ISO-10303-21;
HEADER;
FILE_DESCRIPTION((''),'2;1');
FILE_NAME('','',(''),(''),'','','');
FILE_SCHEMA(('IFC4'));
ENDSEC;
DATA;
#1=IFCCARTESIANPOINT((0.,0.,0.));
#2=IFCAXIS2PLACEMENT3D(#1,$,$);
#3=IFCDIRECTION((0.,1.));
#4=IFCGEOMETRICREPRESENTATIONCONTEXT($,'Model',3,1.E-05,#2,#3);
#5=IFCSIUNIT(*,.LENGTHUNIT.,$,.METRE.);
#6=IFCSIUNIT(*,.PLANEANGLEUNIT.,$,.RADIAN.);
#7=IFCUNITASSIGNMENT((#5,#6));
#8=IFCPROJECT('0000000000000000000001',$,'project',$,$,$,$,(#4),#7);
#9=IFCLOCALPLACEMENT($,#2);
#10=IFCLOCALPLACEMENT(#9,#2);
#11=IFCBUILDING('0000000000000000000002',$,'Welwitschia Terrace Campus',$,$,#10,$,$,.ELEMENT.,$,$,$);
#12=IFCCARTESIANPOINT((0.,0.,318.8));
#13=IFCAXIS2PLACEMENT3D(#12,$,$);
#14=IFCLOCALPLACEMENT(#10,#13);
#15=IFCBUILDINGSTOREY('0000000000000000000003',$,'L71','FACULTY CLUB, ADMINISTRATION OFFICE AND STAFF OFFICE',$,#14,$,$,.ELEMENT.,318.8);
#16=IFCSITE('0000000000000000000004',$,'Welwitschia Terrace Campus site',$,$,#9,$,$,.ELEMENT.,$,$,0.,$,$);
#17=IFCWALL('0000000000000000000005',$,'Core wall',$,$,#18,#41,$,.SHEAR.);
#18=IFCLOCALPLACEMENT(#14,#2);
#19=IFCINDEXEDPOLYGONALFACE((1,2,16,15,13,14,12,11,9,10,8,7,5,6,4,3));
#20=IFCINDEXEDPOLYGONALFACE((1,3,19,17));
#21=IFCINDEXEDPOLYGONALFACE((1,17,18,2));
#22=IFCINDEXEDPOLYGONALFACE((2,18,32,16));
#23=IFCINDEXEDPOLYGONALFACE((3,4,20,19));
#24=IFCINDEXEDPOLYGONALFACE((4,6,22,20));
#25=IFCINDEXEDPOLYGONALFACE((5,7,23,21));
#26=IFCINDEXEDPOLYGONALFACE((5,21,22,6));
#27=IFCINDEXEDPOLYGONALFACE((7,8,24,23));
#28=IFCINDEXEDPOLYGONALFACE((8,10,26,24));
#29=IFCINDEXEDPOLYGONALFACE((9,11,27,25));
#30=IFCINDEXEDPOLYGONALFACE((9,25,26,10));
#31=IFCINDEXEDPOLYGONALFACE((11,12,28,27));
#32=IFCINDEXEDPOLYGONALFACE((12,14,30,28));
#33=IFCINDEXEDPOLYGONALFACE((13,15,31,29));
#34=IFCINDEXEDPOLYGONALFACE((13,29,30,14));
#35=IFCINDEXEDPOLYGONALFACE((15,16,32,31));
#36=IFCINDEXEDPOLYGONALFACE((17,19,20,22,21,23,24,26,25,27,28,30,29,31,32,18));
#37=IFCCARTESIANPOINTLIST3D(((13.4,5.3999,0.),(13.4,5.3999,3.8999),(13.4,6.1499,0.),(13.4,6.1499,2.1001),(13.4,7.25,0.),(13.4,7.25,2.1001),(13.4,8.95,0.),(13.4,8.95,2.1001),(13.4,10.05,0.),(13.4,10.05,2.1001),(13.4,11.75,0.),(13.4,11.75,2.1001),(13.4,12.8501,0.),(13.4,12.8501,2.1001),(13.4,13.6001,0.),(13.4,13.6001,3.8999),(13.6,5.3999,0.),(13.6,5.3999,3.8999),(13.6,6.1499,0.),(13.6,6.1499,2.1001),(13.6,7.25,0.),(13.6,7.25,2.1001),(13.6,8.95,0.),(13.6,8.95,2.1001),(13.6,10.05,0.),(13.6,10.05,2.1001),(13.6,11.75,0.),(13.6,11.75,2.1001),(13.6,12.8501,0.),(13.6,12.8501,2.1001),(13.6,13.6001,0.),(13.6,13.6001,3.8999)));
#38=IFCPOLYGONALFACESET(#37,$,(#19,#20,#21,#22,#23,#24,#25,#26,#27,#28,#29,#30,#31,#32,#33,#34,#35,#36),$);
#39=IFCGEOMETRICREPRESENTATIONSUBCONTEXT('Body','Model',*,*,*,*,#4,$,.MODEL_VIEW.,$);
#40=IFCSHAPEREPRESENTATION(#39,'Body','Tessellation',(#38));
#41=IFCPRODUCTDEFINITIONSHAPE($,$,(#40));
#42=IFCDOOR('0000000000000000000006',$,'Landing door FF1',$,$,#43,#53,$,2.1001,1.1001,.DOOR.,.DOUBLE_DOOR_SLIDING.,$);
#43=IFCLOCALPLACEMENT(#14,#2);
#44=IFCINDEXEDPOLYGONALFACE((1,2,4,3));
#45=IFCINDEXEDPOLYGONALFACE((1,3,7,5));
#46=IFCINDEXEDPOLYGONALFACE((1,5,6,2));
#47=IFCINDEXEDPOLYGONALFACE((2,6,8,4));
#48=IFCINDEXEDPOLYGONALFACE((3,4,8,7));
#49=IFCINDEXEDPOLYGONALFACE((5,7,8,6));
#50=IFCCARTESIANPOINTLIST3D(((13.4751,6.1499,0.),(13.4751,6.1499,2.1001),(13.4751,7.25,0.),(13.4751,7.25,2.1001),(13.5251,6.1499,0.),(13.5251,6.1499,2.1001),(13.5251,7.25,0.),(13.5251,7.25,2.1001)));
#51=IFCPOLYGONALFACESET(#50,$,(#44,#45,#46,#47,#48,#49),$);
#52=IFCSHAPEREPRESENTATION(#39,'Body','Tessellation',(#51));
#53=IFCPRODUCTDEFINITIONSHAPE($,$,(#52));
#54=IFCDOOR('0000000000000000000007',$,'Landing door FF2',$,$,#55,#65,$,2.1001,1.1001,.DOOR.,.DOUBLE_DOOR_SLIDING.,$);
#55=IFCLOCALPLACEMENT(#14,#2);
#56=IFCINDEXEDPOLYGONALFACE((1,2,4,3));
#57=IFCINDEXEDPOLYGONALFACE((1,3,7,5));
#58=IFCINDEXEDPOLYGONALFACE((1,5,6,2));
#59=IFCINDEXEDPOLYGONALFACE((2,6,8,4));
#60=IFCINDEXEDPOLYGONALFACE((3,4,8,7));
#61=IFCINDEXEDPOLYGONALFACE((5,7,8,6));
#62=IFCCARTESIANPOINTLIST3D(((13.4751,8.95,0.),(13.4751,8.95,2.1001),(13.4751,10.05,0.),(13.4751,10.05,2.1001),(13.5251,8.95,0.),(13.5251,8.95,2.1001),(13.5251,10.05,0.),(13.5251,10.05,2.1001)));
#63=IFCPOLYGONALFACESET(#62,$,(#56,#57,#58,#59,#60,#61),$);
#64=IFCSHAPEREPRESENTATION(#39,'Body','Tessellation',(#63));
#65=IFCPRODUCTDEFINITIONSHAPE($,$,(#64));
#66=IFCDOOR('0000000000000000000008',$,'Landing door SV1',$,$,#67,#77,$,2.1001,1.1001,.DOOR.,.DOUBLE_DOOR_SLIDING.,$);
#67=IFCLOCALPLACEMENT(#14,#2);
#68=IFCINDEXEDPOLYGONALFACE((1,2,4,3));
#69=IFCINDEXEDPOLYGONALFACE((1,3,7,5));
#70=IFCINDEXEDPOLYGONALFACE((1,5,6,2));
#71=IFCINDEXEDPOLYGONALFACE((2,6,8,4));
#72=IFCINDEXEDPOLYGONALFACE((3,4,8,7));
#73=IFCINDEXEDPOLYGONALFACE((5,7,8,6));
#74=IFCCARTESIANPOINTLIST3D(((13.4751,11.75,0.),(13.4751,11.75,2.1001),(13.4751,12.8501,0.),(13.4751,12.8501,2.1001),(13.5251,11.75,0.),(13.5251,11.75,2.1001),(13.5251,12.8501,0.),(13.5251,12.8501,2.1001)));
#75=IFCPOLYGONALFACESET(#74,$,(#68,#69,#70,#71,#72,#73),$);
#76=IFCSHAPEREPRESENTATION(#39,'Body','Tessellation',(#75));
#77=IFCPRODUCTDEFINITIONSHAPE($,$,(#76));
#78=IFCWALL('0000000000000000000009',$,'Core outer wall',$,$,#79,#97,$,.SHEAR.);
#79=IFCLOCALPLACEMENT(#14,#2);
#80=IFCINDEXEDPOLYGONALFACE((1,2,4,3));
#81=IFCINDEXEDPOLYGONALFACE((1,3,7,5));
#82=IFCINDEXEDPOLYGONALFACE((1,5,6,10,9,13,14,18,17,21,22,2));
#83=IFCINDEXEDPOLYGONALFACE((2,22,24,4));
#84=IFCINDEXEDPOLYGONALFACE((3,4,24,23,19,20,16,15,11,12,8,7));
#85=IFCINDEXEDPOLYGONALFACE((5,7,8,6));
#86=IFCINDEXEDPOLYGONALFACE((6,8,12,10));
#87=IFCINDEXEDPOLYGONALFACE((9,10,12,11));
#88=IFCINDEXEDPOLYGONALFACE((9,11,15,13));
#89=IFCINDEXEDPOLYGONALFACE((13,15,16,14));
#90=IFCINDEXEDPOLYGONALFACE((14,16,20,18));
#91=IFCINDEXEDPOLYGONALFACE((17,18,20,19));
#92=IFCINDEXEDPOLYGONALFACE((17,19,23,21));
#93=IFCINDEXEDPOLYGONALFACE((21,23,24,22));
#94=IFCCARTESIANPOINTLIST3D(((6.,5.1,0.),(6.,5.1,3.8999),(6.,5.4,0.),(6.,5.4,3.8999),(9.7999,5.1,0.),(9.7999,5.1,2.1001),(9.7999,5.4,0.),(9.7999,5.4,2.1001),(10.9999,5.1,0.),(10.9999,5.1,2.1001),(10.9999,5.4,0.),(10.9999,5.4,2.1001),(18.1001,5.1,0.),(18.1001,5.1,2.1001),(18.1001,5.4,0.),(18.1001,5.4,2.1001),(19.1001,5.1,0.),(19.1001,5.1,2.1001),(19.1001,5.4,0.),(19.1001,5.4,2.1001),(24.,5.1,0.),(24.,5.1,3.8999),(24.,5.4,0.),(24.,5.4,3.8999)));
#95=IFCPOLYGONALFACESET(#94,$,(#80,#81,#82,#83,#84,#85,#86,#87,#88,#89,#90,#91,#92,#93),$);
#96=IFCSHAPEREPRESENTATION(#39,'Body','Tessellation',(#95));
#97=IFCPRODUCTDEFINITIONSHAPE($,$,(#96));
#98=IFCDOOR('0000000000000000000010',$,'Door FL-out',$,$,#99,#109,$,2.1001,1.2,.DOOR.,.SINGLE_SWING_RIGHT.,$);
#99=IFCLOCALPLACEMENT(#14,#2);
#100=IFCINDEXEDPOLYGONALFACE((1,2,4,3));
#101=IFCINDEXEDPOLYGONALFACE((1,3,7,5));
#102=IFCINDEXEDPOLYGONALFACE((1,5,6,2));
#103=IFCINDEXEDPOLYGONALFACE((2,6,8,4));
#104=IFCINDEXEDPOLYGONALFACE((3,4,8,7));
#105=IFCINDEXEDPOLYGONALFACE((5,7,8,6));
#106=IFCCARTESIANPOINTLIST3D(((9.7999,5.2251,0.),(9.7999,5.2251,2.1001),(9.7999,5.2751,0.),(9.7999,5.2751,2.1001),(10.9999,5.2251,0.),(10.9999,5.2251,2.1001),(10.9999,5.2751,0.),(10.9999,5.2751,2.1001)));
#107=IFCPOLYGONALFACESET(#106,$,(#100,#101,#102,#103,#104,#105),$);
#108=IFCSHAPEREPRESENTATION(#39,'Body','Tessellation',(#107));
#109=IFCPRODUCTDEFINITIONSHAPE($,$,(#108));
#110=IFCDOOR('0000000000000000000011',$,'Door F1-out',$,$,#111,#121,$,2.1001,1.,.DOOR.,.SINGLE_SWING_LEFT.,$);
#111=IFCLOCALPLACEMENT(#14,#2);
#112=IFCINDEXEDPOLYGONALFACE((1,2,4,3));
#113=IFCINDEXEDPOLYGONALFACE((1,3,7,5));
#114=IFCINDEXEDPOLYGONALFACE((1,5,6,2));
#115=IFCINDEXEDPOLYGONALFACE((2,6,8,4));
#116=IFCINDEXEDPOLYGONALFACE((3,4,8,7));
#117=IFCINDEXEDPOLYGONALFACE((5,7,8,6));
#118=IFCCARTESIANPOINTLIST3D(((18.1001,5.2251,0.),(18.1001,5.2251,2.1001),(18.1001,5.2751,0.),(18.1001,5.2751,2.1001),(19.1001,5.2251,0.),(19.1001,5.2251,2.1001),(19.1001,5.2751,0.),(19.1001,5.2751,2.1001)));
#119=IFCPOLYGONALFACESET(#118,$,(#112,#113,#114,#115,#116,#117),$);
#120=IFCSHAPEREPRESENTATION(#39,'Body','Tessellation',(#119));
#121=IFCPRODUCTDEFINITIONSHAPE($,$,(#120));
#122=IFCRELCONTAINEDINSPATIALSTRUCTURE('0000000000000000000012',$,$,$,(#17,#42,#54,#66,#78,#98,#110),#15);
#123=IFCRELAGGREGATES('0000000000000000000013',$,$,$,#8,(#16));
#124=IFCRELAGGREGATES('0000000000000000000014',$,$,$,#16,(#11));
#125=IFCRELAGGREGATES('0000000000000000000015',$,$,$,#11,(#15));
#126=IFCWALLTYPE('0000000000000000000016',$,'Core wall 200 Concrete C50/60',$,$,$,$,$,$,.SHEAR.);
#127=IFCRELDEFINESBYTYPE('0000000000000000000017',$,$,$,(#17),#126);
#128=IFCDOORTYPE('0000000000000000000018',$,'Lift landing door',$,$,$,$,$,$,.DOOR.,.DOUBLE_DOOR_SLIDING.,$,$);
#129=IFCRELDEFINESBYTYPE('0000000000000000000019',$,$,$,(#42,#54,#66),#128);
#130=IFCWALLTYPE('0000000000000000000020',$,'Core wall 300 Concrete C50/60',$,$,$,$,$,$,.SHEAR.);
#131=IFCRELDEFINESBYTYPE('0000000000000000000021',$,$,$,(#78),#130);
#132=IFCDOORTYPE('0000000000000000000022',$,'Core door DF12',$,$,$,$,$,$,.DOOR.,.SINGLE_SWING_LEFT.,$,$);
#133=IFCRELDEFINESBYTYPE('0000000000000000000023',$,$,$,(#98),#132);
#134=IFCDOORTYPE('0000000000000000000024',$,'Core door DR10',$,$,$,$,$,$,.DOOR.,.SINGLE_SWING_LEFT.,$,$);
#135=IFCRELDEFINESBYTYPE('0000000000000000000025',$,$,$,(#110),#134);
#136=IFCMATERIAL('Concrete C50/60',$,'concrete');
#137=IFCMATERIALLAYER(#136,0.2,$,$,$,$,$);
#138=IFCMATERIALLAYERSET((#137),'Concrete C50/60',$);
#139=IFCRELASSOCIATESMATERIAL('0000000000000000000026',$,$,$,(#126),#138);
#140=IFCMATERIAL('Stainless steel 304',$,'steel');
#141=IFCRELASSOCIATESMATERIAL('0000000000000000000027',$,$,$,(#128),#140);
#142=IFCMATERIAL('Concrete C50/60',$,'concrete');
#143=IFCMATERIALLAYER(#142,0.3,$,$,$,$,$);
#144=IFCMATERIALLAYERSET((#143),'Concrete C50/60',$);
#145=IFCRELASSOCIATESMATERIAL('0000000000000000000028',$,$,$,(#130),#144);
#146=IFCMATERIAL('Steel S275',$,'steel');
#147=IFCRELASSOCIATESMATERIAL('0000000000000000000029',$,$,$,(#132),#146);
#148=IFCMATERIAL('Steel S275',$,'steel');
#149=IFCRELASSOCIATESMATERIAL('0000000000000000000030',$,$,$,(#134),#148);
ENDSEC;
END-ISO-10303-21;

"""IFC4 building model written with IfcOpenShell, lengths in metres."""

from ifc_helpers import new_model, si_unit, direction, frame, frame_2d, origin, place, context, subcontext, project, spatial, rectangle, extrude, material, layer, layer_set, type_object, element, fill, save


model = new_model("IFC4")

# Units and contexts
model_context = context("Model", 3, precision=1e-05, world=origin(), true_north=direction((0.0, 1.0)))
body_context = subcontext(model_context, "Body", "Model", "MODEL_VIEW")
ifc_project = project(units=[si_unit("LENGTHUNIT", "METRE"), si_unit("PLANEANGLEUNIT", "RADIAN")], contexts=[model_context])

# Site, building, storey
site_placement = place(None, origin())
site = spatial("IfcSite", under=ifc_project, at=site_placement, Name="Welwitschia Terrace Campus site", CompositionType="ELEMENT", RefElevation=0.0)
building_placement = place(site_placement, origin())
building = spatial("IfcBuilding", under=site, at=building_placement, Name="Welwitschia Terrace Campus", CompositionType="ELEMENT")
storey_placement = place(building_placement, frame((0.0, 0.0, 318.8)))
storey = spatial("IfcBuildingStorey", under=building, at=storey_placement, Name="L71", Description="FACULTY CLUB, ADMINISTRATION OFFICE AND STAFF OFFICE", CompositionType="ELEMENT", Elevation=318.8)

# Walls, openings, doors
ifc_material_1 = material(Name="Concrete C50/60", Category="concrete")
ifc_layer_1 = layer(ifc_material_1, 0.2)
ifc_layer_set_1 = layer_set([ifc_layer_1], Name="Concrete C50/60")
wall_type_1 = type_object("IfcWallType", Name="Core wall 200 Concrete C50/60", PredefinedType="SHEAR", material=ifc_layer_set_1)
wall_1_placement = place(storey_placement, frame((13.5, 5.3999, 0.0), z_axis=(0.0, 0.0, 1.0), x_axis=(0.0, 1.0, 0.0)))
wall_1 = element("IfcWall", 1, at=wall_1_placement, inside=storey, type_object=wall_type_1, Name="Core wall", PredefinedType="SHEAR", context=body_context, shape_type="SweptSolid", body=[
    extrude(rectangle(XDim=8.2002, YDim=0.2, at=frame_2d((4.1001, 0.0))), origin(), (0.0, 0.0, 1.0), 3.8999),
])
opening_1_placement = place(wall_1_placement, frame((0.75, 0.0, 0.0)))
opening_1 = element("IfcOpeningElement", 2, at=opening_1_placement, cuts=wall_1, PredefinedType="OPENING", context=body_context, shape_type="SweptSolid", body=[
    extrude(rectangle(XDim=1.1001, YDim=2.1001, at=frame_2d((0.55, 1.05))), frame((0.0, 0.1099, 0.0), z_axis=(0.0, -1.0, 0.0), x_axis=(1.0, 0.0, 0.0)), (0.0, 0.0, 1.0), 0.22),
])
opening_2_placement = place(wall_1_placement, frame((3.55, 0.0, 0.0)))
opening_2 = element("IfcOpeningElement", 3, at=opening_2_placement, cuts=wall_1, PredefinedType="OPENING", context=body_context, shape_type="SweptSolid", body=[
    extrude(rectangle(XDim=1.1001, YDim=2.1001, at=frame_2d((0.55, 1.05))), frame((0.0, 0.1099, 0.0), z_axis=(0.0, -1.0, 0.0), x_axis=(1.0, 0.0, 0.0)), (0.0, 0.0, 1.0), 0.22),
])
opening_3_placement = place(wall_1_placement, frame((6.3501, 0.0, 0.0)))
opening_3 = element("IfcOpeningElement", 4, at=opening_3_placement, cuts=wall_1, PredefinedType="OPENING", context=body_context, shape_type="SweptSolid", body=[
    extrude(rectangle(XDim=1.1001, YDim=2.1001, at=frame_2d((0.55, 1.05))), frame((0.0, 0.1099, 0.0), z_axis=(0.0, -1.0, 0.0), x_axis=(1.0, 0.0, 0.0)), (0.0, 0.0, 1.0), 0.22),
])
ifc_material_2 = material(Name="Stainless steel 304", Category="steel")
door_type_1 = type_object("IfcDoorType", Name="Lift landing door", OperationType="DOUBLE_DOOR_SLIDING", PredefinedType="DOOR", material=ifc_material_2)
door_1_placement = place(opening_1_placement, origin())
door_1 = element("IfcDoor", 5, at=door_1_placement, inside=storey, type_object=door_type_1, Name="Landing door FF1", OperationType="DOUBLE_DOOR_SLIDING", OverallHeight=2.1001, OverallWidth=1.1001, PredefinedType="DOOR", context=body_context, shape_type="SweptSolid", body=[
    extrude(rectangle(XDim=1.1001, YDim=2.1001, at=frame_2d((0.55, 1.05))), frame((0.0, 0.0249, 0.0), z_axis=(0.0, -1.0, 0.0), x_axis=(1.0, 0.0, 0.0)), (0.0, 0.0, 1.0), 0.05),
])
fill(opening_1, door_1)
door_2_placement = place(opening_2_placement, origin())
door_2 = element("IfcDoor", 6, at=door_2_placement, inside=storey, type_object=door_type_1, Name="Landing door FF2", OperationType="DOUBLE_DOOR_SLIDING", OverallHeight=2.1001, OverallWidth=1.1001, PredefinedType="DOOR", context=body_context, shape_type="SweptSolid", body=[
    extrude(rectangle(XDim=1.1001, YDim=2.1001, at=frame_2d((0.55, 1.05))), frame((0.0, 0.0249, 0.0), z_axis=(0.0, -1.0, 0.0), x_axis=(1.0, 0.0, 0.0)), (0.0, 0.0, 1.0), 0.05),
])
fill(opening_2, door_2)
door_3_placement = place(opening_3_placement, origin())
door_3 = element("IfcDoor", 7, at=door_3_placement, inside=storey, type_object=door_type_1, Name="Landing door SV1", OperationType="DOUBLE_DOOR_SLIDING", OverallHeight=2.1001, OverallWidth=1.1001, PredefinedType="DOOR", context=body_context, shape_type="SweptSolid", body=[
    extrude(rectangle(XDim=1.1001, YDim=2.1001, at=frame_2d((0.55, 1.05))), frame((0.0, 0.0249, 0.0), z_axis=(0.0, -1.0, 0.0), x_axis=(1.0, 0.0, 0.0)), (0.0, 0.0, 1.0), 0.05),
])
fill(opening_3, door_3)
ifc_material_3 = material(Name="Concrete C50/60", Category="concrete")
ifc_layer_2 = layer(ifc_material_3, 0.3)
ifc_layer_set_2 = layer_set([ifc_layer_2], Name="Concrete C50/60")
wall_type_2 = type_object("IfcWallType", Name="Core wall 300 Concrete C50/60", PredefinedType="SHEAR", material=ifc_layer_set_2)
wall_2_placement = place(storey_placement, frame((24.0, 5.25, 0.0), z_axis=(0.0, 0.0, 1.0), x_axis=(-1.0, 0.0, 0.0)))
wall_2 = element("IfcWall", 8, at=wall_2_placement, inside=storey, type_object=wall_type_2, Name="Core outer wall", PredefinedType="SHEAR", context=body_context, shape_type="SweptSolid", body=[
    extrude(rectangle(XDim=18.0, YDim=0.3, at=frame_2d((9.0, 0.0))), origin(), (0.0, 0.0, 1.0), 3.8999),
])
opening_4_placement = place(wall_2_placement, frame((13.0, 0.0, 0.0)))
opening_4 = element("IfcOpeningElement", 9, at=opening_4_placement, cuts=wall_2, PredefinedType="OPENING", context=body_context, shape_type="SweptSolid", body=[
    extrude(rectangle(XDim=1.2, YDim=2.1001, at=frame_2d((0.6001, 1.05))), frame((0.0, 0.1599, 0.0), z_axis=(0.0, -1.0, 0.0), x_axis=(1.0, 0.0, 0.0)), (0.0, 0.0, 1.0), 0.3201),
])
opening_5_placement = place(wall_2_placement, frame((4.8999, 0.0, 0.0)))
opening_5 = element("IfcOpeningElement", 10, at=opening_5_placement, cuts=wall_2, PredefinedType="OPENING", context=body_context, shape_type="SweptSolid", body=[
    extrude(rectangle(XDim=1.0, YDim=2.1001, at=frame_2d((0.5, 1.05))), frame((0.0, 0.1599, 0.0), z_axis=(0.0, -1.0, 0.0), x_axis=(1.0, 0.0, 0.0)), (0.0, 0.0, 1.0), 0.3201),
])
ifc_material_4 = material(Name="Steel S275", Category="steel")
door_type_2 = type_object("IfcDoorType", Name="Core door DF12", OperationType="SINGLE_SWING_LEFT", PredefinedType="DOOR", material=ifc_material_4)
door_4_placement = place(opening_4_placement, origin())
door_4 = element("IfcDoor", 11, at=door_4_placement, inside=storey, type_object=door_type_2, Name="Door FL-out", OperationType="SINGLE_SWING_RIGHT", OverallHeight=2.1001, OverallWidth=1.2, PredefinedType="DOOR", context=body_context, shape_type="SweptSolid", body=[
    extrude(rectangle(XDim=1.2, YDim=2.1001, at=frame_2d((0.6001, 1.05))), frame((0.0, 0.0249, 0.0), z_axis=(0.0, -1.0, 0.0), x_axis=(1.0, 0.0, 0.0)), (0.0, 0.0, 1.0), 0.05),
])
fill(opening_4, door_4)
ifc_material_5 = material(Name="Steel S275", Category="steel")
door_type_3 = type_object("IfcDoorType", Name="Core door DR10", OperationType="SINGLE_SWING_LEFT", PredefinedType="DOOR", material=ifc_material_5)
door_5_placement = place(opening_5_placement, origin())
door_5 = element("IfcDoor", 12, at=door_5_placement, inside=storey, type_object=door_type_3, Name="Door F1-out", OperationType="SINGLE_SWING_LEFT", OverallHeight=2.1001, OverallWidth=1.0, PredefinedType="DOOR", context=body_context, shape_type="SweptSolid", body=[
    extrude(rectangle(XDim=1.0, YDim=2.1001, at=frame_2d((0.5, 1.05))), frame((0.0, 0.0249, 0.0), z_axis=(0.0, -1.0, 0.0), x_axis=(1.0, 0.0, 0.0)), (0.0, 0.0, 1.0), 0.05),
])
fill(opening_5, door_5)

save(model, "model.ifc")
